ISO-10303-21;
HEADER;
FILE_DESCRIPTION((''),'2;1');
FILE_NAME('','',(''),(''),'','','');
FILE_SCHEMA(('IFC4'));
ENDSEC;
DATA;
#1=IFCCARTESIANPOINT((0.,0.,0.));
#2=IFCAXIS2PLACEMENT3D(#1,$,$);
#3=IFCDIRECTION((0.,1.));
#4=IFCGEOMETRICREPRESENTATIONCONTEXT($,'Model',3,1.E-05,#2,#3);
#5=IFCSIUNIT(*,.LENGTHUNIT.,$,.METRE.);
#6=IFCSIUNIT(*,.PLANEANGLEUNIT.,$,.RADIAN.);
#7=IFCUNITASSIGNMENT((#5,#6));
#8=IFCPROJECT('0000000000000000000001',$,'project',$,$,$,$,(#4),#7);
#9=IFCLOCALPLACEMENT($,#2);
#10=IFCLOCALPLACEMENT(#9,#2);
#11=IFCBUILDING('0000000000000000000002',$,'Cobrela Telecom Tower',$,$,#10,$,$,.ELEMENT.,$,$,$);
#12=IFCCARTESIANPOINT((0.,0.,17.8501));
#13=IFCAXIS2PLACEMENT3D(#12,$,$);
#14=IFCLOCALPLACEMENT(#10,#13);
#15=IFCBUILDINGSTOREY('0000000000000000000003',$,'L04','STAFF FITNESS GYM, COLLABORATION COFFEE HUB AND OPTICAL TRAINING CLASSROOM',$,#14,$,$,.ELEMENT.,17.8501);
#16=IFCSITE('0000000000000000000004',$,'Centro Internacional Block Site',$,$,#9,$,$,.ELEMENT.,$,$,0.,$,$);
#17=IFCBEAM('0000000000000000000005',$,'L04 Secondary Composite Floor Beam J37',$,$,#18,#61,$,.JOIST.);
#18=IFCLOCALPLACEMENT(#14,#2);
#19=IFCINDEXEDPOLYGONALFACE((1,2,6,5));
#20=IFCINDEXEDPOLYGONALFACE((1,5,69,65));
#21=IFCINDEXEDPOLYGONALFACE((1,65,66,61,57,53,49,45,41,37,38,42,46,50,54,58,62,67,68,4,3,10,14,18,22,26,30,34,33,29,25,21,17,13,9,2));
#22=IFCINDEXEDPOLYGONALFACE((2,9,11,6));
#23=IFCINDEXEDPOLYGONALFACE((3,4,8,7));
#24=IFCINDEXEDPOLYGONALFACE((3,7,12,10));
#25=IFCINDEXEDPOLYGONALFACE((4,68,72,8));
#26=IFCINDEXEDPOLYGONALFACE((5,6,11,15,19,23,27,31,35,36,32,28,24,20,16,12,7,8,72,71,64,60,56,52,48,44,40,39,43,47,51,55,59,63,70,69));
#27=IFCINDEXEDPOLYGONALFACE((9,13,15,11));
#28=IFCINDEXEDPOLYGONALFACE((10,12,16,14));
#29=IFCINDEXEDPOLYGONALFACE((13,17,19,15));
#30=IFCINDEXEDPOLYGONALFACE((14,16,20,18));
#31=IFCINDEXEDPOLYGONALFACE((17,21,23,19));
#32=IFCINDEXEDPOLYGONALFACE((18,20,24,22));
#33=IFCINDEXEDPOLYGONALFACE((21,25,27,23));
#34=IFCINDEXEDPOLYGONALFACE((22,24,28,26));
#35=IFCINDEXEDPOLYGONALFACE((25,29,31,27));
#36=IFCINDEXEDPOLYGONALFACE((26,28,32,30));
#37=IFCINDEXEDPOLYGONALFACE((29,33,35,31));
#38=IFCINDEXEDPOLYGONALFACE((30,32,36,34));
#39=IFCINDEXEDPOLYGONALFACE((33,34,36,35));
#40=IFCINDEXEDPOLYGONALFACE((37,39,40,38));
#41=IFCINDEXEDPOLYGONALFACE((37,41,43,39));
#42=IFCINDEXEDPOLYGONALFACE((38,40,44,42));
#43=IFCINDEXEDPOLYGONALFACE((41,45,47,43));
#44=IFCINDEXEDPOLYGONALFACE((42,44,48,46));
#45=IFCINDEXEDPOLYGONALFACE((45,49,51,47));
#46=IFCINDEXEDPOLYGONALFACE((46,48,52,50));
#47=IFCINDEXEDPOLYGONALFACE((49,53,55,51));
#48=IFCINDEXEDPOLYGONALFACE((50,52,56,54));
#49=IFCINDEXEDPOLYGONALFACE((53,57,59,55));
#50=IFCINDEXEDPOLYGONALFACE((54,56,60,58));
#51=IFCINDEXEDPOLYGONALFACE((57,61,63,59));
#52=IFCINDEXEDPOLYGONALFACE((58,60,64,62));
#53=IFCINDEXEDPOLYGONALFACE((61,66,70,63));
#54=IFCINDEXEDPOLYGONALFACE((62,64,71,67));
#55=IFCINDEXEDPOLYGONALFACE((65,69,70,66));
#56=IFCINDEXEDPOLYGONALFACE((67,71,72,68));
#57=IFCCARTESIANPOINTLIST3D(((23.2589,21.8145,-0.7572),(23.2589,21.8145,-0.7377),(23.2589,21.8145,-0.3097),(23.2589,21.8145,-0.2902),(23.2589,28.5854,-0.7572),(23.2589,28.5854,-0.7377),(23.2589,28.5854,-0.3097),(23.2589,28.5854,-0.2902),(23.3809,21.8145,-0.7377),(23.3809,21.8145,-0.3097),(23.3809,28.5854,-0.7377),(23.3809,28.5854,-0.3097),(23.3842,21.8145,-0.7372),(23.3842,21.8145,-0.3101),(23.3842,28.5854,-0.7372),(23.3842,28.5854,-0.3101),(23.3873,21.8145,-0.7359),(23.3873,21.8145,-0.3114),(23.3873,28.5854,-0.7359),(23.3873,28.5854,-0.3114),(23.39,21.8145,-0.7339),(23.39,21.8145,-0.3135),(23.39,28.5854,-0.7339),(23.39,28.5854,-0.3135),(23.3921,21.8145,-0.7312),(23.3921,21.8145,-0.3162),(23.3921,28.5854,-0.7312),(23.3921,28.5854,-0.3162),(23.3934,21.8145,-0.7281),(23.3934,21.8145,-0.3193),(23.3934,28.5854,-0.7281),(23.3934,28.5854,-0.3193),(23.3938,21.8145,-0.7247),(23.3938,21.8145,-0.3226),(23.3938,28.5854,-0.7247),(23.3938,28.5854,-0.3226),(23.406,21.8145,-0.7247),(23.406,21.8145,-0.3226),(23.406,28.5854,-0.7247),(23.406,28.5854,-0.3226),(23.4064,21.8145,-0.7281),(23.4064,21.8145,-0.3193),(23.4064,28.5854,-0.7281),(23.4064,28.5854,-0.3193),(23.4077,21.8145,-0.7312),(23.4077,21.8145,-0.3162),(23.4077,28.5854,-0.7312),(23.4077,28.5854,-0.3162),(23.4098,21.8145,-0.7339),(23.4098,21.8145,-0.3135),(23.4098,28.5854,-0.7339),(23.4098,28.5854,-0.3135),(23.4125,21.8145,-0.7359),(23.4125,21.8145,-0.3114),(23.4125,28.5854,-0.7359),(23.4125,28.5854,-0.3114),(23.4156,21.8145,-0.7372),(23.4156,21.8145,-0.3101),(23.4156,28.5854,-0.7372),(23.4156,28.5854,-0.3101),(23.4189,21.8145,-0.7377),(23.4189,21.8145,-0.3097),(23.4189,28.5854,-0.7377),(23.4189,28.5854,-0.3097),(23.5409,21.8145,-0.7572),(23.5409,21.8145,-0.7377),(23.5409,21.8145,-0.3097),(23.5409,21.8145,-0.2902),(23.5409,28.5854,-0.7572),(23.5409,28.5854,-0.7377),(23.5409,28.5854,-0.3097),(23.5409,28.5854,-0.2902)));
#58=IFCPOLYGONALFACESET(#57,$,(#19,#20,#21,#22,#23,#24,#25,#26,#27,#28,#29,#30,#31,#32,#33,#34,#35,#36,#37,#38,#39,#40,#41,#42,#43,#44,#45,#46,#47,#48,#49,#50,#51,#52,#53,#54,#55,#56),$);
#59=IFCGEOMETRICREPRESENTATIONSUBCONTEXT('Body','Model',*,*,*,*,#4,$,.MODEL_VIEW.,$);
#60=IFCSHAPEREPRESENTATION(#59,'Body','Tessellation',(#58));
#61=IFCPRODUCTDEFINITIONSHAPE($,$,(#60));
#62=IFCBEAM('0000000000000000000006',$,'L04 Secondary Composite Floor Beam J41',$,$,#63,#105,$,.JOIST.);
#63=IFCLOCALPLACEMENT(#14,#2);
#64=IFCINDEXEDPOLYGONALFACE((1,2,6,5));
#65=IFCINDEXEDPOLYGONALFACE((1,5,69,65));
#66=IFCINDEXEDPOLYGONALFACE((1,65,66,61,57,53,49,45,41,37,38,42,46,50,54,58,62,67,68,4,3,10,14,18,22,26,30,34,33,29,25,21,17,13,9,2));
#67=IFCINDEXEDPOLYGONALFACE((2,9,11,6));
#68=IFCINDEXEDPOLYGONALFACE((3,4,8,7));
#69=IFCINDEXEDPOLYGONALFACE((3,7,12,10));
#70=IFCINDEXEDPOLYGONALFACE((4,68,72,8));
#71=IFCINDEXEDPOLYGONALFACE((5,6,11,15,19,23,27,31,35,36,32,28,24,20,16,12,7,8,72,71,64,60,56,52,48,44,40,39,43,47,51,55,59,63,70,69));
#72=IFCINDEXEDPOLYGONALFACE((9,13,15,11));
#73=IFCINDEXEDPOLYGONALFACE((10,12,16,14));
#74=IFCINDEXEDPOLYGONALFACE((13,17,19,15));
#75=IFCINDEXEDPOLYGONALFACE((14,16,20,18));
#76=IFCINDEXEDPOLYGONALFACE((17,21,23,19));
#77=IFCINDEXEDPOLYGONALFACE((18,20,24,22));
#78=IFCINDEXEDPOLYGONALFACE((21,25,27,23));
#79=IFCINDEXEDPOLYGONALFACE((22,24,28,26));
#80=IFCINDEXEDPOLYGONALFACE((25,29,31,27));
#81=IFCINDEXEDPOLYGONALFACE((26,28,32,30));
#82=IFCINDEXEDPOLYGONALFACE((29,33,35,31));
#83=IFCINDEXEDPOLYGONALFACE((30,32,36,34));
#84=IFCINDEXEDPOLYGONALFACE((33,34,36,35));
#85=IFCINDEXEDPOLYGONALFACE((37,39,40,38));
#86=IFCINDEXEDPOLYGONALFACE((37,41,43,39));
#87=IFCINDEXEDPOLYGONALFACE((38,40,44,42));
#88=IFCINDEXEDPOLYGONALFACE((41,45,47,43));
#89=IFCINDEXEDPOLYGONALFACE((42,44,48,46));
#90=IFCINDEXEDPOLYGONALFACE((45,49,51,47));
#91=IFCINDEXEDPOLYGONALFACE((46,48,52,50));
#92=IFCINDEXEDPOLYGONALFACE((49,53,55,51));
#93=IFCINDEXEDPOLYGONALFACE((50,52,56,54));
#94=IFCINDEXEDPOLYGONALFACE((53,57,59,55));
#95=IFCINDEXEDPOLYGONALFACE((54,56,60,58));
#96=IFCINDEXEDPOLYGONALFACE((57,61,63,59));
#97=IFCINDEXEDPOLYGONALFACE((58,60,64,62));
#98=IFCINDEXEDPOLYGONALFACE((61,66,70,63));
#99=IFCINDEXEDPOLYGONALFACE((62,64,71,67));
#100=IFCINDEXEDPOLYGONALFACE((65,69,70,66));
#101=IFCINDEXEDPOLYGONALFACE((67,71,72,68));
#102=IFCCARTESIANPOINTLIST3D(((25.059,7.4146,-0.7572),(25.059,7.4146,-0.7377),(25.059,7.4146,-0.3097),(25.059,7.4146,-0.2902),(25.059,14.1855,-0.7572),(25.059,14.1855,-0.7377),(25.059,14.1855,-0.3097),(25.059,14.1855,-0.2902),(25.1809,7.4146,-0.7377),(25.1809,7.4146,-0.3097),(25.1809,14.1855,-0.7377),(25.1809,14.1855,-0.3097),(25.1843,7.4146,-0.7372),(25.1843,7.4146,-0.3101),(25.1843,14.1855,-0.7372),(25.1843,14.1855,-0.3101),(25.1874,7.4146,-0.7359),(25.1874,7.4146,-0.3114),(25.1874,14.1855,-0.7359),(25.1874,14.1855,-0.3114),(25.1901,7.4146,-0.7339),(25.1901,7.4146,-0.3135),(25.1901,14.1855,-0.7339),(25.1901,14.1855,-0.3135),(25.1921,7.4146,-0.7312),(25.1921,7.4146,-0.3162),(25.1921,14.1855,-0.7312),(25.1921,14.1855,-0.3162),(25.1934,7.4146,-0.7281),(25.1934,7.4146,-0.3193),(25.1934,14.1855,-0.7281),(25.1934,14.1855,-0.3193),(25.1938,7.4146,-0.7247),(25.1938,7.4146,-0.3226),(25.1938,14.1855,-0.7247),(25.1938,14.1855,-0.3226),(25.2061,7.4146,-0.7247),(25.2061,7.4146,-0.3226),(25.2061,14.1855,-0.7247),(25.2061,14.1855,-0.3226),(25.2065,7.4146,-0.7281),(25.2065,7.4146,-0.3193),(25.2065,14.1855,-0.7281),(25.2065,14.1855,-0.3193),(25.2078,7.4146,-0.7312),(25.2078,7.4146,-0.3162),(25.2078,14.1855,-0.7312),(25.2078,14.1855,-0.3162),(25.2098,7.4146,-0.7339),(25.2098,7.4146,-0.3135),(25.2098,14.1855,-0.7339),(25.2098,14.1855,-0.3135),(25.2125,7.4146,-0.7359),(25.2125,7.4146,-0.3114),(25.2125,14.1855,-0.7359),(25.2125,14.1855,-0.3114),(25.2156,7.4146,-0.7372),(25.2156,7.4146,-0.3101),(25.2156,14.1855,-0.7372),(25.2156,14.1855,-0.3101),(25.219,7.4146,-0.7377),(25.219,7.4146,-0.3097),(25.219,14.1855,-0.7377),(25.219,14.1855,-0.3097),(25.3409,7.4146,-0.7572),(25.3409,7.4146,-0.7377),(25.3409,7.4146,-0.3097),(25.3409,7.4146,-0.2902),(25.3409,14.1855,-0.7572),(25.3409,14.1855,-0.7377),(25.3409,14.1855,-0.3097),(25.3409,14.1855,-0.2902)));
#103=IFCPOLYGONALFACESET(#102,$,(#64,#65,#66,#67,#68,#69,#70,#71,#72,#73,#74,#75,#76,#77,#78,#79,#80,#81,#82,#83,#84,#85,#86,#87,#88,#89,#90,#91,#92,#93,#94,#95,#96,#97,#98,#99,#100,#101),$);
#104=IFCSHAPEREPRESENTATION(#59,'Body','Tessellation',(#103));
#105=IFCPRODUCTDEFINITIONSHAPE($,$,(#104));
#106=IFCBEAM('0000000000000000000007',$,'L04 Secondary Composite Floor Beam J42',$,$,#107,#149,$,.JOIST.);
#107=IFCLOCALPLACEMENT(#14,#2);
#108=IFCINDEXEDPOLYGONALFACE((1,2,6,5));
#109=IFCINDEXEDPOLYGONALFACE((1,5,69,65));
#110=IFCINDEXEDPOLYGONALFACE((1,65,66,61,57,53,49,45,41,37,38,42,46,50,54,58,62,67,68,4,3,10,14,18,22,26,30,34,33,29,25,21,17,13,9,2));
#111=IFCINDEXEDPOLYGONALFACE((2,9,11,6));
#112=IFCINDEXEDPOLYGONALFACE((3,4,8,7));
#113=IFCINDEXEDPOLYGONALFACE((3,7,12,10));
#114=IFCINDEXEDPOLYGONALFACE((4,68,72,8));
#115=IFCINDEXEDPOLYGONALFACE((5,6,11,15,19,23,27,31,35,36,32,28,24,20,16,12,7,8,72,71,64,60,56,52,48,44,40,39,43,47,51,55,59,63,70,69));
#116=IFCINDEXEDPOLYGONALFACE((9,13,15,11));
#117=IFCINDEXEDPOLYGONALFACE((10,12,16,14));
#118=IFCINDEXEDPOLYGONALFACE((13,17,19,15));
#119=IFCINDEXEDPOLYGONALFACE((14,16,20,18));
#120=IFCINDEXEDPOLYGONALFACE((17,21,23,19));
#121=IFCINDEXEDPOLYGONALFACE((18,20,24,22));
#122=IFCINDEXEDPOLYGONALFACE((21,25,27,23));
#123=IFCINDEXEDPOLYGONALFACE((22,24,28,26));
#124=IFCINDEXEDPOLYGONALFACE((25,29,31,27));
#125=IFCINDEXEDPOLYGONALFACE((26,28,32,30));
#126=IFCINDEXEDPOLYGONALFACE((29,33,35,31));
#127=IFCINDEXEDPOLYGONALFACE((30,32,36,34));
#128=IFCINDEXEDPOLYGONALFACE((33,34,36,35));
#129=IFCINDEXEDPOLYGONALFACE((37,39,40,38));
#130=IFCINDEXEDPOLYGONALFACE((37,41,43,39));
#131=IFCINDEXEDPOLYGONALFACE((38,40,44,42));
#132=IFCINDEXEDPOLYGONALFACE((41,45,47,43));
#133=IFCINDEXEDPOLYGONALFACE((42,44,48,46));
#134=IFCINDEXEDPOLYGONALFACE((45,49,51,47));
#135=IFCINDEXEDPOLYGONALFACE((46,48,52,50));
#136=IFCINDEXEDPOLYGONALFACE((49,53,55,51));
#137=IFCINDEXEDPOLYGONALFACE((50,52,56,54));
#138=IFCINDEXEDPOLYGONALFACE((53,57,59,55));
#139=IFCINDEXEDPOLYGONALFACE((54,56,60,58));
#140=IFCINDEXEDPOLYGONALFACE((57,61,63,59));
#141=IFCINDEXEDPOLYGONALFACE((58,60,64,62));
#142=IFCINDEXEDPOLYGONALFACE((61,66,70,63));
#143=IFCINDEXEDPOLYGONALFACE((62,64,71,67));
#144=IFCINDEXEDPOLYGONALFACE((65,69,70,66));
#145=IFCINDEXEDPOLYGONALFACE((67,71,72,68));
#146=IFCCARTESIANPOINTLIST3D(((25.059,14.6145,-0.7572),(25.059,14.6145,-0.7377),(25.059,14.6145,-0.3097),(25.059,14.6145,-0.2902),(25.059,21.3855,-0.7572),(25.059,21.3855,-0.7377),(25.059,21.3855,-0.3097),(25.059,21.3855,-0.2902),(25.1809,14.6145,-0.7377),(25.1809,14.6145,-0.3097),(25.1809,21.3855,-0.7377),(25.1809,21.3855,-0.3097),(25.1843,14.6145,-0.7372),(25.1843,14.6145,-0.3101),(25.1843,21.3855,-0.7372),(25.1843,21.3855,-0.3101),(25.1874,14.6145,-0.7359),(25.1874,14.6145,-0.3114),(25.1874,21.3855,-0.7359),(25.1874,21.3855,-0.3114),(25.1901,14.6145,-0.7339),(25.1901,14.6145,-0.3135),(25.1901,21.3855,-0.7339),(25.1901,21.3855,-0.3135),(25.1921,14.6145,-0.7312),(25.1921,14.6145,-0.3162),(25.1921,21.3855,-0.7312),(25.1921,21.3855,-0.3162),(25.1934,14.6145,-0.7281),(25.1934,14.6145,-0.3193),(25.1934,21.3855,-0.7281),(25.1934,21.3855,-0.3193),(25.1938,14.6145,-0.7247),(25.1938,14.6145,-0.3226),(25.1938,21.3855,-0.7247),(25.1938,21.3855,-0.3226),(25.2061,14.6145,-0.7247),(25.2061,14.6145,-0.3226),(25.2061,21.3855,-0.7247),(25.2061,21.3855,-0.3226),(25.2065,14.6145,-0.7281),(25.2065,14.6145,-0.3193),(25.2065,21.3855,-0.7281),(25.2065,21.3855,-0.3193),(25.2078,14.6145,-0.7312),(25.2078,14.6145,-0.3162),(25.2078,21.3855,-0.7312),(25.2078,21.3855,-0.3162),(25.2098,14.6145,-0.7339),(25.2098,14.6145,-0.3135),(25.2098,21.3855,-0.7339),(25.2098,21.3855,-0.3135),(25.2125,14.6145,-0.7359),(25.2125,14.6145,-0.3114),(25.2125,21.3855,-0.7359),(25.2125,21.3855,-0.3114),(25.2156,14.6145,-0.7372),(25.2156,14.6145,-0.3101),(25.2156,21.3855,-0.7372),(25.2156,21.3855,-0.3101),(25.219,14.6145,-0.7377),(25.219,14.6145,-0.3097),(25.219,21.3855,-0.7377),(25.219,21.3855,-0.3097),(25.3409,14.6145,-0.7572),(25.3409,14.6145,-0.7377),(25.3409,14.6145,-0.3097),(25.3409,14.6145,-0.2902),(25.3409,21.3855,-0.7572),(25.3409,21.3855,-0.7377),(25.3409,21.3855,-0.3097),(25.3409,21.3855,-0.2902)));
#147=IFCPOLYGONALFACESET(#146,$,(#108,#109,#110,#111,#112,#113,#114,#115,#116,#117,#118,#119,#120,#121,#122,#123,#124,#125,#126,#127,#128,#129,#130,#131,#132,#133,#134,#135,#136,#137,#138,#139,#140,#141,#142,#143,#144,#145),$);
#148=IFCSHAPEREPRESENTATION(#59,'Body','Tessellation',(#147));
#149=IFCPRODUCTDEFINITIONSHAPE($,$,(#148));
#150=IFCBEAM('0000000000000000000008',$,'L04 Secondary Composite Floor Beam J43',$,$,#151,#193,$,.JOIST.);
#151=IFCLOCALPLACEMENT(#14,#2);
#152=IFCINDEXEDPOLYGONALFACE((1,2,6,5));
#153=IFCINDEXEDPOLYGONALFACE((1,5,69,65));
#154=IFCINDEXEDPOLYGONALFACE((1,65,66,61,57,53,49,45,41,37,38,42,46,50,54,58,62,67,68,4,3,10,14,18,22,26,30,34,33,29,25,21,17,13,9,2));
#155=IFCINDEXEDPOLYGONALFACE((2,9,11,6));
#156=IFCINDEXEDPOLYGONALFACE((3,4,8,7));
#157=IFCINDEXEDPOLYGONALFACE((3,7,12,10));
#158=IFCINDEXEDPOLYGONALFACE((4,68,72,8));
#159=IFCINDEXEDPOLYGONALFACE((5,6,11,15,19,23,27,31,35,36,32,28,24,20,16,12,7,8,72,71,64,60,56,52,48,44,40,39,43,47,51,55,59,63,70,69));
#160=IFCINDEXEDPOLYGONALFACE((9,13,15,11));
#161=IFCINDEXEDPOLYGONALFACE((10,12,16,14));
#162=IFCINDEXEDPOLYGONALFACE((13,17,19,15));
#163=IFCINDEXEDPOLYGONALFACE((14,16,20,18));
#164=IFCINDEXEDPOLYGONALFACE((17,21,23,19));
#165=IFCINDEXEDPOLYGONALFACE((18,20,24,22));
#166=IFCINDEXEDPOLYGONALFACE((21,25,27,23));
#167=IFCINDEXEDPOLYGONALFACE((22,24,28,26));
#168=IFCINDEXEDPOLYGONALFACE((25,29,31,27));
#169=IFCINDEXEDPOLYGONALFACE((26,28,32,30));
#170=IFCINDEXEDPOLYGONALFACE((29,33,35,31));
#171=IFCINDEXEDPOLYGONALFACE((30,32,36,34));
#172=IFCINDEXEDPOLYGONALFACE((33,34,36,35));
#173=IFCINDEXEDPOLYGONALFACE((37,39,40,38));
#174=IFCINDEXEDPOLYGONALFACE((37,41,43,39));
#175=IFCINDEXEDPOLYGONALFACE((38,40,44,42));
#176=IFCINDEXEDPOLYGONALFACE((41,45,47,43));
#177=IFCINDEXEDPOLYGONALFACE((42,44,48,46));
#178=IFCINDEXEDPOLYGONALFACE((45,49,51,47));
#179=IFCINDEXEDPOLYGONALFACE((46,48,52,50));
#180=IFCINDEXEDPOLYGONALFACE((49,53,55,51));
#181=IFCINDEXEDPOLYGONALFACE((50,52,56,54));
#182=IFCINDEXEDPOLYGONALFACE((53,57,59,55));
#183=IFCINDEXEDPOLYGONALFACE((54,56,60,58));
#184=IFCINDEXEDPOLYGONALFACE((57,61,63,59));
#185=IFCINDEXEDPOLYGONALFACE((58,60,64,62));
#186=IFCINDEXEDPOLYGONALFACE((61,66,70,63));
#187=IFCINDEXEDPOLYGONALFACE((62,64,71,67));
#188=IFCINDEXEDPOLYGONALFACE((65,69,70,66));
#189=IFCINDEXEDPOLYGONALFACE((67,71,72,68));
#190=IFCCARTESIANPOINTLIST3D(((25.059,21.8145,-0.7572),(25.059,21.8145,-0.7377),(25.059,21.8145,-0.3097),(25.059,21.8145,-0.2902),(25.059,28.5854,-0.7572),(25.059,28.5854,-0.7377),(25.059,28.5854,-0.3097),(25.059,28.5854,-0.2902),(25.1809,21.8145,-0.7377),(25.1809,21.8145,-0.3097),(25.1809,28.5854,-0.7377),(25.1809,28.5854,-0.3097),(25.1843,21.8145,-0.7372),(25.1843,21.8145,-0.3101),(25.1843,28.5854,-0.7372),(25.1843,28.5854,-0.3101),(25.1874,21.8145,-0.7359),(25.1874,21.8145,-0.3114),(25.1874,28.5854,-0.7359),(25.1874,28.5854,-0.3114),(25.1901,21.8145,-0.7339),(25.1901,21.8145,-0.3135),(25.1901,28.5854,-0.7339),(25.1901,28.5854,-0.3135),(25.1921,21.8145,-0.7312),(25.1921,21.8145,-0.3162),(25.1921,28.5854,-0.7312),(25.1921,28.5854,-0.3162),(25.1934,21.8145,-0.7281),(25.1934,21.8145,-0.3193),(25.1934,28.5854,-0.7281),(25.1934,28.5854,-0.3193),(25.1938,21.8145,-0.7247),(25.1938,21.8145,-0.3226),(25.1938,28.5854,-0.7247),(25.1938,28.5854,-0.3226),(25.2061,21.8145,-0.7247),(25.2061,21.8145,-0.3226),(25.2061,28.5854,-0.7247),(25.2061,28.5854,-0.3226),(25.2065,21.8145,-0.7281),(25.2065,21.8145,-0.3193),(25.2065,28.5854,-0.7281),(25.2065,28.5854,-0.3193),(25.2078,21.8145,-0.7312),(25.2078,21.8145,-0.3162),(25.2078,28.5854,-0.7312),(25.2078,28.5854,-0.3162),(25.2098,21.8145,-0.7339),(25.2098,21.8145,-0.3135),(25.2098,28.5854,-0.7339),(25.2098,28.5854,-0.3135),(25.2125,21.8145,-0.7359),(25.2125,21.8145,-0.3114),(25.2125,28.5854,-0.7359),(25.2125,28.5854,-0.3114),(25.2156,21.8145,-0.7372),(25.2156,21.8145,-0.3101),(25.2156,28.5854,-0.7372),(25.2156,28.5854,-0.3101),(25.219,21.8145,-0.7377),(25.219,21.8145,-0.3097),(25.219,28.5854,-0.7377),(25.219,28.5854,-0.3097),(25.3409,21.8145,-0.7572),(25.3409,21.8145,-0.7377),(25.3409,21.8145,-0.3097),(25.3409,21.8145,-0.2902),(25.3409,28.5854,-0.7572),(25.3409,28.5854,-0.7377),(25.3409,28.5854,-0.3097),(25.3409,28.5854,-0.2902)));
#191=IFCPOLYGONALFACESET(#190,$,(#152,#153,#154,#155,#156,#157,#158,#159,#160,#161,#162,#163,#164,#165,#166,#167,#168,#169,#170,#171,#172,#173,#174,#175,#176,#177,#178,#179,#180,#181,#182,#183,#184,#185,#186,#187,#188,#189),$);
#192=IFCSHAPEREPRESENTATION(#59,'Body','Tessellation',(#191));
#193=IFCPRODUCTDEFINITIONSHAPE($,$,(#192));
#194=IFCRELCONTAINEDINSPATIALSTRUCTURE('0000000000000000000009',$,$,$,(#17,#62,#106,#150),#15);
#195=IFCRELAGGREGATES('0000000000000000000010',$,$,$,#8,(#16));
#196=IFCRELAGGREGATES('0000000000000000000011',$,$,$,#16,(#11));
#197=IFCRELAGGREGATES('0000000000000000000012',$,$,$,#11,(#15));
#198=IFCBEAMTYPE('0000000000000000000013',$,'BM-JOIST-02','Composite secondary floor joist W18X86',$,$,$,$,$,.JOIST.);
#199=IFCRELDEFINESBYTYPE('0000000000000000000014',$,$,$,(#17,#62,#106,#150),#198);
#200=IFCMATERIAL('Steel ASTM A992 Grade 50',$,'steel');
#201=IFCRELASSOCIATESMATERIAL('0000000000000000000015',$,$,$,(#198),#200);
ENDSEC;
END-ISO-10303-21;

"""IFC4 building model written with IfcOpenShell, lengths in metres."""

from ifc_helpers import new_model, si_unit, direction, frame, origin, origin_2d, place, context, subcontext, project, spatial, i_section, extrude, material, material_profile, profile_set, type_object, element, save


model = new_model("IFC4")

# Units and contexts
model_context = context("Model", 3, precision=1e-05, world=origin(), true_north=direction((0.0, 1.0)))
body_context = subcontext(model_context, "Body", "Model", "MODEL_VIEW")
ifc_project = project(units=[si_unit("LENGTHUNIT", "METRE"), si_unit("PLANEANGLEUNIT", "RADIAN")], contexts=[model_context])

# Site, building, storey
site_placement = place(None, origin())
site = spatial("IfcSite", under=ifc_project, at=site_placement, Name="Centro Internacional Block Site", CompositionType="ELEMENT", RefElevation=0.0)
building_placement = place(site_placement, origin())
building = spatial("IfcBuilding", under=site, at=building_placement, Name="Cobrela Telecom Tower", CompositionType="ELEMENT")
storey_placement = place(building_placement, frame((0.0, 0.0, 17.8501)))
storey = spatial("IfcBuildingStorey", under=building, at=storey_placement, Name="L04", Description="STAFF FITNESS GYM, COLLABORATION COFFEE HUB AND OPTICAL TRAINING CLASSROOM", CompositionType="ELEMENT", Elevation=17.8501)

# Beams
ifc_material_1 = material(Name="Steel ASTM A992 Grade 50", Category="steel")
ifc_material_profile_1 = material_profile(ifc_material_1, i_section(OverallWidth=0.282, OverallDepth=0.467, WebThickness=0.0122, FlangeThickness=0.0195, FilletRadius=0.0129, at=origin_2d()), Name="W18X86")
ifc_profile_set_1 = profile_set([ifc_material_profile_1], Name="Steel ASTM A992 Grade 50")
beam_type_1 = type_object("IfcBeamType", Name="BM-JOIST-02", Description="Composite secondary floor joist W18X86", PredefinedType="JOIST", material=ifc_profile_set_1)
for number, where, z_axis, x_axis, name in (
    (1, (23.3999, 21.8145, -0.5237), (0.0, 1.0, 0.0), (-1.0, 0.0, 0.0), "L04 Secondary Composite Floor Beam J37"),
    (2, (25.2, 7.4146, -0.5237), (0.0, 1.0, 0.0), (-1.0, 0.0, 0.0), "L04 Secondary Composite Floor Beam J41"),
    (3, (25.2, 14.6145, -0.5237), (0.0, 1.0, 0.0), (-1.0, 0.0, 0.0), "L04 Secondary Composite Floor Beam J42"),
    (4, (25.2, 21.8145, -0.5237), (0.0, 1.0, 0.0), (-1.0, 0.0, 0.0), "L04 Secondary Composite Floor Beam J43"),
):
    element("IfcBeam", number, at=place(storey_placement, frame(where, z_axis=z_axis, x_axis=x_axis)), inside=storey, type_object=beam_type_1, Name=name, PredefinedType="JOIST", context=body_context, shape_type="SweptSolid", body=[
        extrude(i_section(OverallWidth=0.282, OverallDepth=0.467, WebThickness=0.0122, FlangeThickness=0.0195, FilletRadius=0.0129, at=origin_2d()), origin(), (0.0, 0.0, 1.0), 6.771),
    ])

save(model, "model.ifc")
